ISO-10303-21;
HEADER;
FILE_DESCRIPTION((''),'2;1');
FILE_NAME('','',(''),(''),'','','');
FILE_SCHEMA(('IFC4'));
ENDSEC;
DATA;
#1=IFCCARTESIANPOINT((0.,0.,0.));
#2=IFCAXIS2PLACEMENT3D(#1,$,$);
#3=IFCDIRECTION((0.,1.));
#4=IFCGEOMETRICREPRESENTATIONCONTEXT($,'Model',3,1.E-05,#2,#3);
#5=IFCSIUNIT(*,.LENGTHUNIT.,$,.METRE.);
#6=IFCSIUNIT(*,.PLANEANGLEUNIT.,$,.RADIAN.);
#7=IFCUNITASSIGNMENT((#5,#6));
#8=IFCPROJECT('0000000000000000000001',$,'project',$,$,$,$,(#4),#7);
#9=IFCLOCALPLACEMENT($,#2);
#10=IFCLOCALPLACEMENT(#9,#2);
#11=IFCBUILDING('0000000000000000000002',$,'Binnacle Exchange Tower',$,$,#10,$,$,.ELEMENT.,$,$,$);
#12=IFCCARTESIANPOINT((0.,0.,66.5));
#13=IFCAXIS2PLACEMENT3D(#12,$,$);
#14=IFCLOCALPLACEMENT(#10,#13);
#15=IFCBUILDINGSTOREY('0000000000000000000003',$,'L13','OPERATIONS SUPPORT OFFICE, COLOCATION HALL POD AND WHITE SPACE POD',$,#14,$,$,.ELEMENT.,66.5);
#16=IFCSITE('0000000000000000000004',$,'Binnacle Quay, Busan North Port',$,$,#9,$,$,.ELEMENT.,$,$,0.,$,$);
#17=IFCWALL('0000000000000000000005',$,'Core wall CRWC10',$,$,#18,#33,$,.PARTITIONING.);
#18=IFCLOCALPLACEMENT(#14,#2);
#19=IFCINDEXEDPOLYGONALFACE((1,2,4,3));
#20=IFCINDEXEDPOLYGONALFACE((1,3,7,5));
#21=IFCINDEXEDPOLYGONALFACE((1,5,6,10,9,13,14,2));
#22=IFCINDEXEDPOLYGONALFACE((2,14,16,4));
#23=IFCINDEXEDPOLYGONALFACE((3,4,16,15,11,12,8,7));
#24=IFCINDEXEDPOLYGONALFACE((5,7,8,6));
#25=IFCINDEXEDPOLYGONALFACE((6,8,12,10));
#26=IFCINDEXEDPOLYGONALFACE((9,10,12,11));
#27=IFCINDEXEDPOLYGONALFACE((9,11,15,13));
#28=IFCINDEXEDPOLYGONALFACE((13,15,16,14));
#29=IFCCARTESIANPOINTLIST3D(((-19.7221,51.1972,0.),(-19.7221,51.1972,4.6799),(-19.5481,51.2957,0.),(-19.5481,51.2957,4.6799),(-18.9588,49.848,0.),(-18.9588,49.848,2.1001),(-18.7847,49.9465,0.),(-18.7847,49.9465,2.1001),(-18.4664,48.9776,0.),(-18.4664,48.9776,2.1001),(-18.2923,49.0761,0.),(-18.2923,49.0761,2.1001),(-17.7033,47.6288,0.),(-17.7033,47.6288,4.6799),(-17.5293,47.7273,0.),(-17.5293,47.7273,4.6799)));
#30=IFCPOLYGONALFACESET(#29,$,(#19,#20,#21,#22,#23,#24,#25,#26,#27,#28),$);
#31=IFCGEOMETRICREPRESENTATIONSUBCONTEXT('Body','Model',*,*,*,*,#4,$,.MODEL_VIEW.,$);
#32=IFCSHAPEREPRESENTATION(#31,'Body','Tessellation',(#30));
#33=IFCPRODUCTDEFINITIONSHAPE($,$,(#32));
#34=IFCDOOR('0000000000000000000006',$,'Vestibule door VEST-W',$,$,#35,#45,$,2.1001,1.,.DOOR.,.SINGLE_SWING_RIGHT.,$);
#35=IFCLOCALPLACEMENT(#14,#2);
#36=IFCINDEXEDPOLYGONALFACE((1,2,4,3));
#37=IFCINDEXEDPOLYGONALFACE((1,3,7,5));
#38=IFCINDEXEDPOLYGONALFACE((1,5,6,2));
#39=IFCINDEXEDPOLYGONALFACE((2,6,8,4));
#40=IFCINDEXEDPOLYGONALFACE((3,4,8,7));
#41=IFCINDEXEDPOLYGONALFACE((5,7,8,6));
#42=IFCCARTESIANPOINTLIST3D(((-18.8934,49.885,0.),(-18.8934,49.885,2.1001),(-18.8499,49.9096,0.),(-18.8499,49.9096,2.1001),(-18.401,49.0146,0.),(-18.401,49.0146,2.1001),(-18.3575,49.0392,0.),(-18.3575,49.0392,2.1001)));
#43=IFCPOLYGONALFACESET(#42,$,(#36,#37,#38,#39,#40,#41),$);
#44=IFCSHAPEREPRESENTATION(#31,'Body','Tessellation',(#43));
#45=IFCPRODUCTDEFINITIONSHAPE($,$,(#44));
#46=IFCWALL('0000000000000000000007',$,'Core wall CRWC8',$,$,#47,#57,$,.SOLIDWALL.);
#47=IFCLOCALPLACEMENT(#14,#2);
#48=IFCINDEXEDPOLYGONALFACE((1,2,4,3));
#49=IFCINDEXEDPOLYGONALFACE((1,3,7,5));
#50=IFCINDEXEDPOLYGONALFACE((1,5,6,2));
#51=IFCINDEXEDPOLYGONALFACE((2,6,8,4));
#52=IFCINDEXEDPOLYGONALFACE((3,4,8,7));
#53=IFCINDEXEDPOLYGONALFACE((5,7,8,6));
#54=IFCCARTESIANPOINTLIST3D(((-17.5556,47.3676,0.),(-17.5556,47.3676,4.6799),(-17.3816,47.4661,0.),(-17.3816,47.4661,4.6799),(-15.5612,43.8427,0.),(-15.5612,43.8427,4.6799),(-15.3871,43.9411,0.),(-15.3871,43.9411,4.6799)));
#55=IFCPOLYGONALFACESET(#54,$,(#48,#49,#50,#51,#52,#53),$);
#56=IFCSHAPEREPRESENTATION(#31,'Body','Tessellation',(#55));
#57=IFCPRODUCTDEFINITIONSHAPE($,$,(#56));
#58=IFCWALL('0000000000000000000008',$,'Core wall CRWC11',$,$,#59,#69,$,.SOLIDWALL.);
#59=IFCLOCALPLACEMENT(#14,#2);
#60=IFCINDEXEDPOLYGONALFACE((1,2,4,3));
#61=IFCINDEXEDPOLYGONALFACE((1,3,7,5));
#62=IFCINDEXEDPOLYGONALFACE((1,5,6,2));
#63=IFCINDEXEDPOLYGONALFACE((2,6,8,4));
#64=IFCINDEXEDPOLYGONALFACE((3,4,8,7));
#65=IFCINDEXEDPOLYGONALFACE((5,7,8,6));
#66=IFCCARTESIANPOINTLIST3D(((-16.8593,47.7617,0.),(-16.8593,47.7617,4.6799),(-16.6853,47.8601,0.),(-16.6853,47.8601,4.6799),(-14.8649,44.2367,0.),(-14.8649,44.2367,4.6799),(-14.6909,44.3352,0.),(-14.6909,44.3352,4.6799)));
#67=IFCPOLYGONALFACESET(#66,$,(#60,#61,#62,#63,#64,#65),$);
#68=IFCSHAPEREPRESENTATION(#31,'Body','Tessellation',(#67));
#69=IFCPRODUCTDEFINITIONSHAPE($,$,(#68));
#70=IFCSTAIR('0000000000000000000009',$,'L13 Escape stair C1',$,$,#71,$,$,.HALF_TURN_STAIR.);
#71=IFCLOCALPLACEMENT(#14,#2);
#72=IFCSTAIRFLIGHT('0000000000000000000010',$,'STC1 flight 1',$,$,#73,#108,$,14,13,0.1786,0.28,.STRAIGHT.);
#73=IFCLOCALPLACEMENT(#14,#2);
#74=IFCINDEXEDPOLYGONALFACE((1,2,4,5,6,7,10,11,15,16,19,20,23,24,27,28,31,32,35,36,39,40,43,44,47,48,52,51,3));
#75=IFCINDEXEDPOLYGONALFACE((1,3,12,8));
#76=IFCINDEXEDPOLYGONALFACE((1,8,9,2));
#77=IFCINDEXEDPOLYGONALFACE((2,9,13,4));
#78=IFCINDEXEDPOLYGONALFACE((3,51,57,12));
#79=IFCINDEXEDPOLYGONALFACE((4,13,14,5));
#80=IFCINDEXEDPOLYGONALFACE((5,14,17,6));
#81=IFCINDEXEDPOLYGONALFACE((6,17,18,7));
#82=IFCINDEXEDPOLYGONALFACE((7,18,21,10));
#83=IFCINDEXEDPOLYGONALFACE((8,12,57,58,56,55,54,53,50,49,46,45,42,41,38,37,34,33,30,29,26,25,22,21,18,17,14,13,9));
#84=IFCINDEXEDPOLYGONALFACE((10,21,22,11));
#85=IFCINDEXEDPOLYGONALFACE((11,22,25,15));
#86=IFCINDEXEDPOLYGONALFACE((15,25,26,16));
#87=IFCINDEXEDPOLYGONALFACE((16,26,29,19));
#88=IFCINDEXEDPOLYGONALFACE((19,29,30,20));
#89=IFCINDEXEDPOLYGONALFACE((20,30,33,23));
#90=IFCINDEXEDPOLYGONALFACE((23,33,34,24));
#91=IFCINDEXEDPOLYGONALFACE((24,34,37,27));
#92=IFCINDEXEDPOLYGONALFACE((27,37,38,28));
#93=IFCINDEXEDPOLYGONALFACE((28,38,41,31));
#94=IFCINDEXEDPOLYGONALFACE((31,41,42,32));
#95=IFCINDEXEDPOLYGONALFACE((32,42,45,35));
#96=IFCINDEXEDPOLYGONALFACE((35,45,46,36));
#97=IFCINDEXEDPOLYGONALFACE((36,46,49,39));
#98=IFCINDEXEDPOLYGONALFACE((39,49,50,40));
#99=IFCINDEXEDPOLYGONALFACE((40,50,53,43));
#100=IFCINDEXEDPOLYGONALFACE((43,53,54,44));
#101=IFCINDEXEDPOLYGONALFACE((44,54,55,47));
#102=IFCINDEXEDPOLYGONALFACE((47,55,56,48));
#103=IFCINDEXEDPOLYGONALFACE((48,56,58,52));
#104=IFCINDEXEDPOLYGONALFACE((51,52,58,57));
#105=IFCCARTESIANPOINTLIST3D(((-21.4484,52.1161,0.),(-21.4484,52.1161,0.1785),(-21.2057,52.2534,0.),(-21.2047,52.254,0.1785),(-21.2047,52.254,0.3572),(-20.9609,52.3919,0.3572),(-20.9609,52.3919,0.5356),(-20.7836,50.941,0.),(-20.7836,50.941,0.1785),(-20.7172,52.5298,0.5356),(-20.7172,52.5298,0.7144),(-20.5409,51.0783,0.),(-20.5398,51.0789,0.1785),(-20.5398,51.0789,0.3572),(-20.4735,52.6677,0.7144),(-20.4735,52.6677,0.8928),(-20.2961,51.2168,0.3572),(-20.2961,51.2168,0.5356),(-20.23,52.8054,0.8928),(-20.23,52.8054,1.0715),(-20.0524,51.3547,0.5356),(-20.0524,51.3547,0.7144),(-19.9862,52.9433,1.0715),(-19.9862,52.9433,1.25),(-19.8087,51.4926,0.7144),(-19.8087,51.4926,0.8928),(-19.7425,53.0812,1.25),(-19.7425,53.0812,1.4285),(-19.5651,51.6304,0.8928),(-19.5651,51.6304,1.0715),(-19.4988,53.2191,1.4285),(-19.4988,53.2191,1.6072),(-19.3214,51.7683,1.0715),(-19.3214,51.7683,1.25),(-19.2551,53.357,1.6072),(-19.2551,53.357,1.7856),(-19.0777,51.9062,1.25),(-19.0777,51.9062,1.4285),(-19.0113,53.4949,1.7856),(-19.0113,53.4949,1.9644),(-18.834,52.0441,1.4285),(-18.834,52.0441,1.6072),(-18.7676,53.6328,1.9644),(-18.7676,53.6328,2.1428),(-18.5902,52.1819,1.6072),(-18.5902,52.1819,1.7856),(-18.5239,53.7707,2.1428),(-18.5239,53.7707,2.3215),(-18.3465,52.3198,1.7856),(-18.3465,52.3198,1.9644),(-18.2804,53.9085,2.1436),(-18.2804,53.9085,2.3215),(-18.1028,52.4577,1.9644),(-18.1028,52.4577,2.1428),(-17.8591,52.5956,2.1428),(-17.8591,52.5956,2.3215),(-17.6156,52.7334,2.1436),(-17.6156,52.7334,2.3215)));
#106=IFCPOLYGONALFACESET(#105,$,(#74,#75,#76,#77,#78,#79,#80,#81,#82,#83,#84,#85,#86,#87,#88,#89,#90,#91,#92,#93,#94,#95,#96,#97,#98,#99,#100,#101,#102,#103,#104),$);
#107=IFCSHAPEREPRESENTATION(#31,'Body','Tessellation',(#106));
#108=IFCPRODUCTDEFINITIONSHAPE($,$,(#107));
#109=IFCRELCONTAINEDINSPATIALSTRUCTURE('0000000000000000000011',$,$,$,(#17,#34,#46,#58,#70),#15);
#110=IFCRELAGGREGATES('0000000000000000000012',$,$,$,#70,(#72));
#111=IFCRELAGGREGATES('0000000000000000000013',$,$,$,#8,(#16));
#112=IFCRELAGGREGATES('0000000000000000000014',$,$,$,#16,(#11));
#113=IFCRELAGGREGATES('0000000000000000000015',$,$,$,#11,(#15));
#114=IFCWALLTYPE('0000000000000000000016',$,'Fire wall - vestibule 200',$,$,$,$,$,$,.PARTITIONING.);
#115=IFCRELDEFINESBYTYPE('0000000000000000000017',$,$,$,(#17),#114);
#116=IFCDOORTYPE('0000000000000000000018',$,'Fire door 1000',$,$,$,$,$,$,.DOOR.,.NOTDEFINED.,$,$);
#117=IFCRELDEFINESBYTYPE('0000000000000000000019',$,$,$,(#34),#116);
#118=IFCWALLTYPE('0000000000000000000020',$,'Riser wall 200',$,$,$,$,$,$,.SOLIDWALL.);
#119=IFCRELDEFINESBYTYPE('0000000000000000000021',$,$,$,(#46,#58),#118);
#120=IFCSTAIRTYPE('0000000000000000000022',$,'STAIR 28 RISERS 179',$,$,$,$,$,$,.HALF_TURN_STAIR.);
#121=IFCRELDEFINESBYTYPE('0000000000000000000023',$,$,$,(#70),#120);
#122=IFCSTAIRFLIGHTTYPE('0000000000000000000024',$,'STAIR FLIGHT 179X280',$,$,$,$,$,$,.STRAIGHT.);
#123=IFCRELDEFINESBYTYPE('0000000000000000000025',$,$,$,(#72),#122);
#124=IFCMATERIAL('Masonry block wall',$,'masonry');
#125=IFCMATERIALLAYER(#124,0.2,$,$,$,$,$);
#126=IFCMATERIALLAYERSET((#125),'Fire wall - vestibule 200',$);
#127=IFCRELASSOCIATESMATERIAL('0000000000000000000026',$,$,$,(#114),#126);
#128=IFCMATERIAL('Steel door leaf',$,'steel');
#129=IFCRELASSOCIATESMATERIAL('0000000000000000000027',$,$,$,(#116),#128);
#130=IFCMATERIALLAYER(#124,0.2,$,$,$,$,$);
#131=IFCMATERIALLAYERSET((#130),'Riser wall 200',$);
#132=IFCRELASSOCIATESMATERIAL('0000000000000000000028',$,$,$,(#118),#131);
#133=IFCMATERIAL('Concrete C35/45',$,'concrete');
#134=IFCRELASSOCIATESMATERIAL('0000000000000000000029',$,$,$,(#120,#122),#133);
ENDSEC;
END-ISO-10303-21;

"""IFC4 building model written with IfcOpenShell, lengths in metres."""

from ifc_helpers import new_model, si_unit, direction, frame, frame_2d, origin, place, context, subcontext, project, spatial, polyline, rectangle, outline, extrude, material, layer, layer_set, type_object, element, fill, aggregate, save


model = new_model("IFC4")

# Units and contexts
model_context = context("Model", 3, precision=1e-05, world=origin(), true_north=direction((0.0, 1.0)))
body_context = subcontext(model_context, "Body", "Model", "MODEL_VIEW")
ifc_project = project(units=[si_unit("LENGTHUNIT", "METRE"), si_unit("PLANEANGLEUNIT", "RADIAN")], contexts=[model_context])

# Site, building, storey
site_placement = place(None, origin())
site = spatial("IfcSite", under=ifc_project, at=site_placement, Name="Binnacle Quay, Busan North Port", CompositionType="ELEMENT", RefElevation=0.0)
building_placement = place(site_placement, origin())
building = spatial("IfcBuilding", under=site, at=building_placement, Name="Binnacle Exchange Tower", CompositionType="ELEMENT")
storey_placement = place(building_placement, frame((0.0, 0.0, 66.5)))
storey = spatial("IfcBuildingStorey", under=building, at=storey_placement, Name="L13", Description="OPERATIONS SUPPORT OFFICE, COLOCATION HALL POD AND WHITE SPACE POD", CompositionType="ELEMENT", Elevation=66.5)

# Shared definitions
ifc_material_1 = material(Name="Steel door leaf", Category="steel")

# Wall, opening, door
ifc_material_2 = material(Name="Masonry block wall", Category="masonry")
ifc_layer_1 = layer(ifc_material_2, 0.2)
ifc_layer_set_1 = layer_set([ifc_layer_1], Name="Fire wall - vestibule 200")
wall_type_1 = type_object("IfcWallType", Name="Fire wall - vestibule 200", PredefinedType="PARTITIONING", material=ifc_layer_set_1)
wall_1_placement = place(storey_placement, frame((-19.635, 51.2463, 0.0), z_axis=(0.0, 0.0, 1.0), x_axis=(0.492408, -0.870364, 0.0)))
wall_1 = element("IfcWall", 1, at=wall_1_placement, inside=storey, type_object=wall_type_1, Name="Core wall CRWC10", PredefinedType="PARTITIONING", context=body_context, shape_type="SweptSolid", body=[
    extrude(rectangle(XDim=4.0999, YDim=0.2, at=frame_2d((2.0498, 0.0))), origin(), (0.0, 0.0, 1.0), 4.6799),
])
opening_1_placement = place(wall_1_placement, frame((1.55, 0.0, 0.0)))
opening_1 = element("IfcOpeningElement", 2, at=opening_1_placement, cuts=wall_1, PredefinedType="OPENING", context=body_context, shape_type="SweptSolid", body=[
    extrude(rectangle(XDim=1.0, YDim=2.1001, at=frame_2d((0.5, 1.05))), frame((0.0, 0.1099, 0.0), z_axis=(0.0, -1.0, 0.0), x_axis=(1.0, 0.0, 0.0)), (0.0, 0.0, 1.0), 0.22),
])
door_type_1 = type_object("IfcDoorType", Name="Fire door 1000", OperationType="NOTDEFINED", PredefinedType="DOOR", material=ifc_material_1)
door_1_placement = place(opening_1_placement, frame((1.0, 0.0, 0.0), z_axis=(0.0, 0.0, 1.0), x_axis=(-1.0, 0.0, 0.0)))
door_1 = element("IfcDoor", 3, at=door_1_placement, inside=storey, type_object=door_type_1, Name="Vestibule door VEST-W", OperationType="SINGLE_SWING_RIGHT", OverallHeight=2.1001, OverallWidth=1.0, PredefinedType="DOOR", context=body_context, shape_type="SweptSolid", body=[
    extrude(rectangle(XDim=1.0, YDim=2.1001, at=frame_2d((0.5, 1.05))), frame((0.0, 0.0249, 0.0), z_axis=(0.0, -1.0, 0.0), x_axis=(1.0, 0.0, 0.0)), (0.0, 0.0, 1.0), 0.05),
])
fill(opening_1, door_1)

# Walls
ifc_layer_2 = layer(ifc_material_2, 0.2)
ifc_layer_set_2 = layer_set([ifc_layer_2], Name="Riser wall 200")
wall_type_2 = type_object("IfcWallType", Name="Riser wall 200", PredefinedType="SOLIDWALL", material=ifc_layer_set_2)
for number, where, z_axis, x_axis, name in (
    (4, (-17.4685, 47.4167, 0.0), (0.0, 0.0, 1.0), (0.492441, -0.870346, 0.0), "Core wall CRWC8"),
    (5, (-16.7722, 47.8108, 0.0), (0.0, 0.0, 1.0), (0.492441, -0.870346, 0.0), "Core wall CRWC11"),
):
    element("IfcWall", number, at=place(storey_placement, frame(where, z_axis=z_axis, x_axis=x_axis)), inside=storey, type_object=wall_type_2, Name=name, PredefinedType="SOLIDWALL", context=body_context, shape_type="SweptSolid", body=[
        extrude(rectangle(XDim=4.05, YDim=0.2, at=frame_2d((2.0249, 0.0))), origin(), (0.0, 0.0, 1.0), 4.6799),
    ])

# Stair, stair flight
ifc_material_3 = material(Name="Concrete C35/45", Category="concrete")
stair_type = type_object("IfcStairType", Name="STAIR 28 RISERS 179", PredefinedType="HALF_TURN_STAIR", material=ifc_material_3)
stair_placement = place(storey_placement, origin())
stair = element("IfcStair", 6, at=stair_placement, inside=storey, type_object=stair_type, Name="L13 Escape stair C1", PredefinedType="HALF_TURN_STAIR")
stair_flight_type = type_object("IfcStairFlightType", Name="STAIR FLIGHT 179X280", PredefinedType="STRAIGHT", material=ifc_material_3)
stair_flight_placement = place(storey_placement, frame((-21.116, 51.5286, 0.0), z_axis=(0.0, 0.0, 1.0), x_axis=(0.870356, 0.492424, 0.0)))
stair_flight = element("IfcStairFlight", 7, at=stair_flight_placement, type_object=stair_flight_type, Name="STC1 flight 1", NumberOfRisers=14, NumberOfTreads=13, PredefinedType="STRAIGHT", RiserHeight=0.1786, TreadLength=0.28, context=body_context, shape_type="SweptSolid", body=[
    extrude(outline(polyline([(0.0, 0.0), (0.0, 0.1785), (0.28, 0.1785), (0.28, 0.3572), (0.5601, 0.3572), (0.5601, 0.5356), (0.8401, 0.5356), (0.8401, 0.7144), (1.1201, 0.7144), (1.1201, 0.8928), (1.3999, 0.8928), (1.3999, 1.0715), (1.6799, 1.0715), (1.6799, 1.25), (1.96, 1.25), (1.96, 1.4285), (2.24, 1.4285), (2.24, 1.6072), (2.52, 1.6072), (2.52, 1.7856), (2.8, 1.7856), (2.8, 1.9644), (3.0801, 1.9644), (3.0801, 2.1428), (3.3601, 2.1428), (3.3601, 2.3215), (3.6399, 2.3215), (3.6399, 2.5), (3.6399, 2.1436), (0.2788, 0.0), (0.0, 0.0)])), frame((0.0, 0.675, 0.0), z_axis=(0.0, -1.0, 0.0), x_axis=(1.0, 0.0, 0.0)), (0.0, 0.0, 1.0), 1.3501),
])
aggregate(stair, [stair_flight])

save(model, "model.ifc")
